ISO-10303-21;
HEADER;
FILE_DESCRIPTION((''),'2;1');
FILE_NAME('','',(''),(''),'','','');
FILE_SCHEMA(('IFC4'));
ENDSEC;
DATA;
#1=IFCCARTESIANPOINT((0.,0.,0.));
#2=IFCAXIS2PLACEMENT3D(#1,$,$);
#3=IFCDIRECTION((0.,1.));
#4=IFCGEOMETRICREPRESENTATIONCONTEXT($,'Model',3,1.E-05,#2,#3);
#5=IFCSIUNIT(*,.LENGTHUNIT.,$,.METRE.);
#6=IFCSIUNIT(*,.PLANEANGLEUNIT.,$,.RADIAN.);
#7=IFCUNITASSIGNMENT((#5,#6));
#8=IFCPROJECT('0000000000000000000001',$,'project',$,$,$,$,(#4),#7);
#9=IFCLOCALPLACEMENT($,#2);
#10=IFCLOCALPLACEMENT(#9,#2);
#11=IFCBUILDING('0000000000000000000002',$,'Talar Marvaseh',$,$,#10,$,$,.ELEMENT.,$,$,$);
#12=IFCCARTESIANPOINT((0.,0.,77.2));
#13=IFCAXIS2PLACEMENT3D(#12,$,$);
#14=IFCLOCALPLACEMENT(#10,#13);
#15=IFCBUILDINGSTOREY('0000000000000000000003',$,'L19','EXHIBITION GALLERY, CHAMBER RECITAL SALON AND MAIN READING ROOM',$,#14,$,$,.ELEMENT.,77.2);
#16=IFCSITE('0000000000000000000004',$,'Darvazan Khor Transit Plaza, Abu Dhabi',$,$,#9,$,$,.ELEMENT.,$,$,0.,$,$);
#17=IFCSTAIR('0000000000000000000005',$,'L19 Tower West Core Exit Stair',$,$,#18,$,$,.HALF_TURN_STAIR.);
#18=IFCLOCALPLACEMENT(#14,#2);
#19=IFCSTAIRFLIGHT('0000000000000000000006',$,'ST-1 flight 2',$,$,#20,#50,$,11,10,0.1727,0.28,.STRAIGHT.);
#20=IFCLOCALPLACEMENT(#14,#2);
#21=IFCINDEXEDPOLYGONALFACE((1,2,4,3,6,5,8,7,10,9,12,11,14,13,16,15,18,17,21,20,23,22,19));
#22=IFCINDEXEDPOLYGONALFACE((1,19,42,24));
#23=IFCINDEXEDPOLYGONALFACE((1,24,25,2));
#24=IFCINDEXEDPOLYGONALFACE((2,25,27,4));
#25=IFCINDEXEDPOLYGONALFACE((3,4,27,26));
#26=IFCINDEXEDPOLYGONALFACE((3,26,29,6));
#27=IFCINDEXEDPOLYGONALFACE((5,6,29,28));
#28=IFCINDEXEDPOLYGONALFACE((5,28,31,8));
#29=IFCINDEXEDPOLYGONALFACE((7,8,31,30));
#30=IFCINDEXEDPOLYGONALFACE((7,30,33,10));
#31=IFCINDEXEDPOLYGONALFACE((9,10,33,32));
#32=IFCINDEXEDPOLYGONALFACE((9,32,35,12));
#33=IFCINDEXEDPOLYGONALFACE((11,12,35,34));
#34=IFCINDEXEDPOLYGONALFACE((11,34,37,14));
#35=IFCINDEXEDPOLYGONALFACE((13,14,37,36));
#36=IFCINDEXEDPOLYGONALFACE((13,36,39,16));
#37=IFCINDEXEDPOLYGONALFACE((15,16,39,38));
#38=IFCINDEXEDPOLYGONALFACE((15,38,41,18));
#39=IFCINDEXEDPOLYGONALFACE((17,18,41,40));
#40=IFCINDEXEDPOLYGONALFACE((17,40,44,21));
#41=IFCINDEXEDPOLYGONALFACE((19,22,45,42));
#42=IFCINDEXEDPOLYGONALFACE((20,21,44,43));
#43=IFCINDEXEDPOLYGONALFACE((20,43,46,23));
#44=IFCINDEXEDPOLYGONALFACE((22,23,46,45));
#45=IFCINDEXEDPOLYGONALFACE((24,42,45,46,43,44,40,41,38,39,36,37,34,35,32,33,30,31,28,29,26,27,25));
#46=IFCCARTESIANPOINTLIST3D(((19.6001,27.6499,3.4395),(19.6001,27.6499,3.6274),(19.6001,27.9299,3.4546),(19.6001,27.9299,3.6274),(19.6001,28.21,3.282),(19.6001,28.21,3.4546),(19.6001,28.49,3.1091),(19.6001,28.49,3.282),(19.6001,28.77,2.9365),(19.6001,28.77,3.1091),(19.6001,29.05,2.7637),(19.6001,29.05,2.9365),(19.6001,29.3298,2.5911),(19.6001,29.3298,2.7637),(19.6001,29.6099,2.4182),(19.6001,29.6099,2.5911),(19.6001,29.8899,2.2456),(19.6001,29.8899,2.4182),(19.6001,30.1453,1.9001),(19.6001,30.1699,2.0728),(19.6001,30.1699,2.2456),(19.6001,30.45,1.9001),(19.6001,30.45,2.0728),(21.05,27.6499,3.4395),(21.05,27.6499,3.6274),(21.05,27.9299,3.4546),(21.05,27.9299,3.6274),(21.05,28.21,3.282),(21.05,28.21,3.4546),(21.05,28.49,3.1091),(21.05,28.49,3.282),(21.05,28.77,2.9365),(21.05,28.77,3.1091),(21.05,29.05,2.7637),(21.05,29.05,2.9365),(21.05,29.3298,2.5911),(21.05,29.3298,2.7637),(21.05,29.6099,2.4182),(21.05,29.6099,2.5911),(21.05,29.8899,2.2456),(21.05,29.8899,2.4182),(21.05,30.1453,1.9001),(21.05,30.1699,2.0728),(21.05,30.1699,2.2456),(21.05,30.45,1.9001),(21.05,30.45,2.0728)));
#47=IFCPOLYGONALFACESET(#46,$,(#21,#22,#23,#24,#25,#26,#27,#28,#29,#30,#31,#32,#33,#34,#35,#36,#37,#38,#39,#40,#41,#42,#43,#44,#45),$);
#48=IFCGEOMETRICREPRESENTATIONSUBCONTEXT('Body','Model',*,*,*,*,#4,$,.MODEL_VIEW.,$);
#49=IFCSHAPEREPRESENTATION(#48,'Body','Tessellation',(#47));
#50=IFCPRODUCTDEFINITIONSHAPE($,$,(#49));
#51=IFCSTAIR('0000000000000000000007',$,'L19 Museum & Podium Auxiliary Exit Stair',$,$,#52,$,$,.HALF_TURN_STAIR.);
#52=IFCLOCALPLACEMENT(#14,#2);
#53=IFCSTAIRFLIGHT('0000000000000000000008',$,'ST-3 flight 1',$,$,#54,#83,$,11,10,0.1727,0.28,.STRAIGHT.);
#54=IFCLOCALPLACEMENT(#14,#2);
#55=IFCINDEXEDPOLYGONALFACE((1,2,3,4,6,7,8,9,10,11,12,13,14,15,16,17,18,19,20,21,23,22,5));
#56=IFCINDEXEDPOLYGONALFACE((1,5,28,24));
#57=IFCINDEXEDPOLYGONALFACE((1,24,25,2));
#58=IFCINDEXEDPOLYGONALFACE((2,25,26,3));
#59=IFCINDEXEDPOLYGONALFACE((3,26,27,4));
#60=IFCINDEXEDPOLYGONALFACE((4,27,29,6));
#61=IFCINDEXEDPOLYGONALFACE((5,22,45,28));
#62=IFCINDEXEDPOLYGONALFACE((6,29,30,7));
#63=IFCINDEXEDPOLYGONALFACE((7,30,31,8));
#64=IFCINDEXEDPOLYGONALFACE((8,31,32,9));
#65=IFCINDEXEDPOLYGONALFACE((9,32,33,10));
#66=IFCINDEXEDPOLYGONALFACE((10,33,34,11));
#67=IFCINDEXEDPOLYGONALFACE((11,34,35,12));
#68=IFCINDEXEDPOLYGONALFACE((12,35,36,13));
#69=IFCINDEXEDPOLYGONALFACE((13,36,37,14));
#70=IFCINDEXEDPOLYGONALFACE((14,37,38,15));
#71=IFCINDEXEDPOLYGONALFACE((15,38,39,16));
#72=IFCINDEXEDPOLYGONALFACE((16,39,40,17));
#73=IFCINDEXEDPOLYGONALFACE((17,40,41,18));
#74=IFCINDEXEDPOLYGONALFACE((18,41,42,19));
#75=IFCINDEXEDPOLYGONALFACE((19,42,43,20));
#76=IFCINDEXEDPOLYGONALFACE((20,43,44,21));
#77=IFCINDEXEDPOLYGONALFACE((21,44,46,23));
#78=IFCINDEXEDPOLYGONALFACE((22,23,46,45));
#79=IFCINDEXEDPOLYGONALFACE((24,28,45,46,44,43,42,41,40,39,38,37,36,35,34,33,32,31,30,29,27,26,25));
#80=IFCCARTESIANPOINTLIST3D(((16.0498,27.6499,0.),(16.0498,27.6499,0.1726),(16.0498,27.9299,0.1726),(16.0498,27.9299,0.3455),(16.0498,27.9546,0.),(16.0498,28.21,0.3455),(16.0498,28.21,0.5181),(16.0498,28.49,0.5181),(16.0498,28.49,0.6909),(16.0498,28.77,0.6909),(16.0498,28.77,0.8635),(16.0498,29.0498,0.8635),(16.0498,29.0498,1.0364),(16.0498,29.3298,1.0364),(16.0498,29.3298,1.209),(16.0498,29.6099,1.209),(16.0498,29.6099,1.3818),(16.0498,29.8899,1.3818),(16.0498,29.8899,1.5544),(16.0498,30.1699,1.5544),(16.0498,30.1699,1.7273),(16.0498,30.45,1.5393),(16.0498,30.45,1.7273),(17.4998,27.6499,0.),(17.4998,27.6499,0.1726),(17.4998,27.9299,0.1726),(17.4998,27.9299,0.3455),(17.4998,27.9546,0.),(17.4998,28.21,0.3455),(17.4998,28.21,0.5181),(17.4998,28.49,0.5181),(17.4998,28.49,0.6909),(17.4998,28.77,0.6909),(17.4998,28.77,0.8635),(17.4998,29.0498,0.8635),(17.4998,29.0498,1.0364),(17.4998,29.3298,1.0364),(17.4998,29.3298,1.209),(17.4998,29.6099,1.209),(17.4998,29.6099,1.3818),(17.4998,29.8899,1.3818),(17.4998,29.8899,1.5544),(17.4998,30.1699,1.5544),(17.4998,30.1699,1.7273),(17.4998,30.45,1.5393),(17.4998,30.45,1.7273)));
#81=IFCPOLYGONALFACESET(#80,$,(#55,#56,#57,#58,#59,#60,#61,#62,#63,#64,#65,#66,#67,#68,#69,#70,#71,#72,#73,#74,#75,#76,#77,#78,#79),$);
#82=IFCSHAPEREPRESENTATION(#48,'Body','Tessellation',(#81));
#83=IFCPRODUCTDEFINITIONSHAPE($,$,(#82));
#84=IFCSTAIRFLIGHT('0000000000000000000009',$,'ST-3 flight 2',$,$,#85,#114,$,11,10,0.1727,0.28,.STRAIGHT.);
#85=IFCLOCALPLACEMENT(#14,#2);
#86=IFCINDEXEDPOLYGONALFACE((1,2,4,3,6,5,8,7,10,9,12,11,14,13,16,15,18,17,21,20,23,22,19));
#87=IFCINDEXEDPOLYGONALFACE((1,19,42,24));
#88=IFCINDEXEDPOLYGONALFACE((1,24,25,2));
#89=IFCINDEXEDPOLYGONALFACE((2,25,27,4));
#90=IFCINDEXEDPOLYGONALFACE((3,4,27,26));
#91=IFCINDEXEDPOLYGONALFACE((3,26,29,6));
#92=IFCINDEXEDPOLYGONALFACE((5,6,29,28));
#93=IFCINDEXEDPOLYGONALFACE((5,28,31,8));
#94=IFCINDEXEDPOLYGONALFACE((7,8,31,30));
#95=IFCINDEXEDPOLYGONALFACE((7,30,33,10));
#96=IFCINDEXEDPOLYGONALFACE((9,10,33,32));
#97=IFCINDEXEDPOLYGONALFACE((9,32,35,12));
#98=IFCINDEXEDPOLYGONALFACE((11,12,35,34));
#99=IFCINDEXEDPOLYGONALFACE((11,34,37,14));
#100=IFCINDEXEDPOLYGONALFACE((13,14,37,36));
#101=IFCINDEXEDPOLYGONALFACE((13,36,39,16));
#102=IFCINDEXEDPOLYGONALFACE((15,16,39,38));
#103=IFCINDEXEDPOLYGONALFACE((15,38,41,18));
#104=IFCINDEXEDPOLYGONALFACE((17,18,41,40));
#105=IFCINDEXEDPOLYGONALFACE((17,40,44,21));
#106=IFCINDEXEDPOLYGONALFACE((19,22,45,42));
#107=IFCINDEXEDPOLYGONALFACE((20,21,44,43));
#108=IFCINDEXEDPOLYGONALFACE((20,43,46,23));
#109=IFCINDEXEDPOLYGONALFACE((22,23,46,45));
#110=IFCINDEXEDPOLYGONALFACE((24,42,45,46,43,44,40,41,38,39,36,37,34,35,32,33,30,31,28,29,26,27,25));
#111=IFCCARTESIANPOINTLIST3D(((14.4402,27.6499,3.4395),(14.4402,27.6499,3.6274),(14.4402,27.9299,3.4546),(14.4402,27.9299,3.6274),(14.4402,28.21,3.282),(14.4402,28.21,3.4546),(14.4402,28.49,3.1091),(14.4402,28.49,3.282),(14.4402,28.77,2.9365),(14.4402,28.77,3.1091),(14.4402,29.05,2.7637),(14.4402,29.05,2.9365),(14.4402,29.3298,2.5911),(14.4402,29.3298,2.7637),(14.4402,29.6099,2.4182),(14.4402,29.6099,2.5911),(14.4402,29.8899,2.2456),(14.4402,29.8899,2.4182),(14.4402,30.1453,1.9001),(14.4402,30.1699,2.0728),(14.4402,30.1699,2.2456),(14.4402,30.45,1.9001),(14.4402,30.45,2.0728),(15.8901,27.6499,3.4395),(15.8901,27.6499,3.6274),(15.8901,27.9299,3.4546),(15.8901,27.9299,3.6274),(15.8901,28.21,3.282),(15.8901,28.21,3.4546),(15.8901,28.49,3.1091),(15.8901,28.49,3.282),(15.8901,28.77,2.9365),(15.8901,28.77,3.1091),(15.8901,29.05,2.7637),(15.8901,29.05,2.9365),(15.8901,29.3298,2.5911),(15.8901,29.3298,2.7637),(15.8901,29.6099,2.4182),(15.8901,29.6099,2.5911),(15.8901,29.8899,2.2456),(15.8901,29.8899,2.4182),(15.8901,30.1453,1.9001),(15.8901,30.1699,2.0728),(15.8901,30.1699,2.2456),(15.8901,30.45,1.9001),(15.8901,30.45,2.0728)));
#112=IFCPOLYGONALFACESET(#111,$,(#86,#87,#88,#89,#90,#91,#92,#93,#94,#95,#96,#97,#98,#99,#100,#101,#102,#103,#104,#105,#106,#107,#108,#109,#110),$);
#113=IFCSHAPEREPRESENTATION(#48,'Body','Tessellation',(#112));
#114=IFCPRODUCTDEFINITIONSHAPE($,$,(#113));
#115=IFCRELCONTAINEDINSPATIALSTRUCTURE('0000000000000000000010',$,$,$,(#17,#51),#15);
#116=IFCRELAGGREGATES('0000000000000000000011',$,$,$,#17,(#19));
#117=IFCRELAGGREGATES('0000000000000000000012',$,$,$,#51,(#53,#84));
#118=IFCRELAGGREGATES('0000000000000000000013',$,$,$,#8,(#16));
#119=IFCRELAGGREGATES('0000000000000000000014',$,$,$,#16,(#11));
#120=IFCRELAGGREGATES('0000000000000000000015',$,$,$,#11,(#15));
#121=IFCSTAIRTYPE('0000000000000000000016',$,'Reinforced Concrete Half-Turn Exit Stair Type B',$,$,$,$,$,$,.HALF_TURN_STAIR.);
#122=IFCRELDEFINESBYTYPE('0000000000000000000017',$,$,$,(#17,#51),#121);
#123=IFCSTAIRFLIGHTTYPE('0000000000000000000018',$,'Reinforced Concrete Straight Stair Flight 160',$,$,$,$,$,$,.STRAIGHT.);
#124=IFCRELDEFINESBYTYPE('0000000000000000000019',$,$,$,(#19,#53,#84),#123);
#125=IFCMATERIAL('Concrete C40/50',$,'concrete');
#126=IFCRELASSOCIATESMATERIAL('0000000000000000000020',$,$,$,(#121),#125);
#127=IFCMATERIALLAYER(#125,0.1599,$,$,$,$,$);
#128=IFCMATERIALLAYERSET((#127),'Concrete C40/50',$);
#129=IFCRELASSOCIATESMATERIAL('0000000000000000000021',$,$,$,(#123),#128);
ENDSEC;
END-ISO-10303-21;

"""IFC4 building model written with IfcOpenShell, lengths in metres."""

from ifc_helpers import new_model, si_unit, direction, frame, origin, place, context, subcontext, project, spatial, polyline, outline, extrude, material, layer, layer_set, type_object, element, aggregate, save


model = new_model("IFC4")

# Units and contexts
model_context = context("Model", 3, precision=1e-05, world=origin(), true_north=direction((0.0, 1.0)))
body_context = subcontext(model_context, "Body", "Model", "MODEL_VIEW")
ifc_project = project(units=[si_unit("LENGTHUNIT", "METRE"), si_unit("PLANEANGLEUNIT", "RADIAN")], contexts=[model_context])

# Site, building, storey
site_placement = place(None, origin())
site = spatial("IfcSite", under=ifc_project, at=site_placement, Name="Darvazan Khor Transit Plaza, Abu Dhabi", CompositionType="ELEMENT", RefElevation=0.0)
building_placement = place(site_placement, origin())
building = spatial("IfcBuilding", under=site, at=building_placement, Name="Talar Marvaseh", CompositionType="ELEMENT")
storey_placement = place(building_placement, frame((0.0, 0.0, 77.2)))
storey = spatial("IfcBuildingStorey", under=building, at=storey_placement, Name="L19", Description="EXHIBITION GALLERY, CHAMBER RECITAL SALON AND MAIN READING ROOM", CompositionType="ELEMENT", Elevation=77.2)

# Shared definitions
ifc_material_1 = material(Name="Concrete C40/50", Category="concrete")

# Stair, stair flight
stair_type = type_object("IfcStairType", Name="Reinforced Concrete Half-Turn Exit Stair Type B", PredefinedType="HALF_TURN_STAIR", material=ifc_material_1)
stair_1_placement = place(storey_placement, origin())
stair_1 = element("IfcStair", 1, at=stair_1_placement, inside=storey, type_object=stair_type, Name="L19 Tower West Core Exit Stair", PredefinedType="HALF_TURN_STAIR")
ifc_layer_1 = layer(ifc_material_1, 0.1599)
ifc_layer_set_1 = layer_set([ifc_layer_1], Name="Concrete C40/50")
stair_flight_type = type_object("IfcStairFlightType", Name="Reinforced Concrete Straight Stair Flight 160", PredefinedType="STRAIGHT", material=ifc_layer_set_1)
stair_flight_1_placement = place(storey_placement, frame((20.325, 30.45, 1.9001), z_axis=(0.0, 0.0, 1.0), x_axis=(0.0, -1.0, 0.0)))
stair_flight_1 = element("IfcStairFlight", 2, at=stair_flight_1_placement, type_object=stair_flight_type, Name="ST-1 flight 2", NumberOfRisers=11, NumberOfTreads=10, PredefinedType="STRAIGHT", RiserHeight=0.1727, TreadLength=0.28, context=body_context, shape_type="SweptSolid", body=[
    extrude(outline(polyline([(0.0, 0.0), (0.0, 0.1726), (0.28, 0.1726), (0.28, 0.3455), (0.5601, 0.3455), (0.5601, 0.5181), (0.8401, 0.5181), (0.8401, 0.6909), (1.1201, 0.6909), (1.1201, 0.8635), (1.3999, 0.8635), (1.3999, 1.0364), (1.6799, 1.0364), (1.6799, 1.209), (1.96, 1.209), (1.96, 1.3818), (2.24, 1.3818), (2.24, 1.5544), (2.52, 1.5544), (2.52, 1.7273), (2.8, 1.7273), (2.8, 1.8999), (2.8, 1.5393), (0.3047, 0.0), (0.0, 0.0)])), frame((0.0, 0.7251, 0.0), z_axis=(0.0, -1.0, 0.0), x_axis=(1.0, 0.0, 0.0)), (0.0, 0.0, 1.0), 1.45),
])
aggregate(stair_1, [stair_flight_1])

# Stair, stair flights
stair_2_placement = place(storey_placement, origin())
stair_2 = element("IfcStair", 3, at=stair_2_placement, inside=storey, type_object=stair_type, Name="L19 Museum & Podium Auxiliary Exit Stair", PredefinedType="HALF_TURN_STAIR")
stair_flight_2_placement = place(storey_placement, frame((16.7749, 27.6499, 0.0), z_axis=(0.0, 0.0, 1.0), x_axis=(0.0, 1.0, 0.0)))
stair_flight_2 = element("IfcStairFlight", 4, at=stair_flight_2_placement, type_object=stair_flight_type, Name="ST-3 flight 1", NumberOfRisers=11, NumberOfTreads=10, PredefinedType="STRAIGHT", RiserHeight=0.1727, TreadLength=0.28, context=body_context, shape_type="SweptSolid", body=[
    extrude(outline(polyline([(0.0, 0.0), (0.0, 0.1726), (0.28, 0.1726), (0.28, 0.3455), (0.5601, 0.3455), (0.5601, 0.5181), (0.8401, 0.5181), (0.8401, 0.6909), (1.1201, 0.6909), (1.1201, 0.8635), (1.3999, 0.8635), (1.3999, 1.0364), (1.6799, 1.0364), (1.6799, 1.209), (1.96, 1.209), (1.96, 1.3818), (2.24, 1.3818), (2.24, 1.5544), (2.52, 1.5544), (2.52, 1.7273), (2.8, 1.7273), (2.8, 1.8999), (2.8, 1.5393), (0.3047, 0.0), (0.0, 0.0)])), frame((0.0, 0.7251, 0.0), z_axis=(0.0, -1.0, 0.0), x_axis=(1.0, 0.0, 0.0)), (0.0, 0.0, 1.0), 1.45),
])
stair_flight_3_placement = place(storey_placement, frame((15.165, 30.45, 1.9001), z_axis=(0.0, 0.0, 1.0), x_axis=(0.0, -1.0, 0.0)))
stair_flight_3 = element("IfcStairFlight", 5, at=stair_flight_3_placement, type_object=stair_flight_type, Name="ST-3 flight 2", NumberOfRisers=11, NumberOfTreads=10, PredefinedType="STRAIGHT", RiserHeight=0.1727, TreadLength=0.28, context=body_context, shape_type="SweptSolid", body=[
    extrude(outline(polyline([(0.0, 0.0), (0.0, 0.1726), (0.28, 0.1726), (0.28, 0.3455), (0.5601, 0.3455), (0.5601, 0.5181), (0.8401, 0.5181), (0.8401, 0.6909), (1.1201, 0.6909), (1.1201, 0.8635), (1.3999, 0.8635), (1.3999, 1.0364), (1.6799, 1.0364), (1.6799, 1.209), (1.96, 1.209), (1.96, 1.3818), (2.24, 1.3818), (2.24, 1.5544), (2.52, 1.5544), (2.52, 1.7273), (2.8, 1.7273), (2.8, 1.8999), (2.8, 1.5393), (0.3047, 0.0), (0.0, 0.0)])), frame((0.0, 0.7251, 0.0), z_axis=(0.0, -1.0, 0.0), x_axis=(1.0, 0.0, 0.0)), (0.0, 0.0, 1.0), 1.45),
])
aggregate(stair_2, [stair_flight_2, stair_flight_3])

save(model, "model.ifc")
